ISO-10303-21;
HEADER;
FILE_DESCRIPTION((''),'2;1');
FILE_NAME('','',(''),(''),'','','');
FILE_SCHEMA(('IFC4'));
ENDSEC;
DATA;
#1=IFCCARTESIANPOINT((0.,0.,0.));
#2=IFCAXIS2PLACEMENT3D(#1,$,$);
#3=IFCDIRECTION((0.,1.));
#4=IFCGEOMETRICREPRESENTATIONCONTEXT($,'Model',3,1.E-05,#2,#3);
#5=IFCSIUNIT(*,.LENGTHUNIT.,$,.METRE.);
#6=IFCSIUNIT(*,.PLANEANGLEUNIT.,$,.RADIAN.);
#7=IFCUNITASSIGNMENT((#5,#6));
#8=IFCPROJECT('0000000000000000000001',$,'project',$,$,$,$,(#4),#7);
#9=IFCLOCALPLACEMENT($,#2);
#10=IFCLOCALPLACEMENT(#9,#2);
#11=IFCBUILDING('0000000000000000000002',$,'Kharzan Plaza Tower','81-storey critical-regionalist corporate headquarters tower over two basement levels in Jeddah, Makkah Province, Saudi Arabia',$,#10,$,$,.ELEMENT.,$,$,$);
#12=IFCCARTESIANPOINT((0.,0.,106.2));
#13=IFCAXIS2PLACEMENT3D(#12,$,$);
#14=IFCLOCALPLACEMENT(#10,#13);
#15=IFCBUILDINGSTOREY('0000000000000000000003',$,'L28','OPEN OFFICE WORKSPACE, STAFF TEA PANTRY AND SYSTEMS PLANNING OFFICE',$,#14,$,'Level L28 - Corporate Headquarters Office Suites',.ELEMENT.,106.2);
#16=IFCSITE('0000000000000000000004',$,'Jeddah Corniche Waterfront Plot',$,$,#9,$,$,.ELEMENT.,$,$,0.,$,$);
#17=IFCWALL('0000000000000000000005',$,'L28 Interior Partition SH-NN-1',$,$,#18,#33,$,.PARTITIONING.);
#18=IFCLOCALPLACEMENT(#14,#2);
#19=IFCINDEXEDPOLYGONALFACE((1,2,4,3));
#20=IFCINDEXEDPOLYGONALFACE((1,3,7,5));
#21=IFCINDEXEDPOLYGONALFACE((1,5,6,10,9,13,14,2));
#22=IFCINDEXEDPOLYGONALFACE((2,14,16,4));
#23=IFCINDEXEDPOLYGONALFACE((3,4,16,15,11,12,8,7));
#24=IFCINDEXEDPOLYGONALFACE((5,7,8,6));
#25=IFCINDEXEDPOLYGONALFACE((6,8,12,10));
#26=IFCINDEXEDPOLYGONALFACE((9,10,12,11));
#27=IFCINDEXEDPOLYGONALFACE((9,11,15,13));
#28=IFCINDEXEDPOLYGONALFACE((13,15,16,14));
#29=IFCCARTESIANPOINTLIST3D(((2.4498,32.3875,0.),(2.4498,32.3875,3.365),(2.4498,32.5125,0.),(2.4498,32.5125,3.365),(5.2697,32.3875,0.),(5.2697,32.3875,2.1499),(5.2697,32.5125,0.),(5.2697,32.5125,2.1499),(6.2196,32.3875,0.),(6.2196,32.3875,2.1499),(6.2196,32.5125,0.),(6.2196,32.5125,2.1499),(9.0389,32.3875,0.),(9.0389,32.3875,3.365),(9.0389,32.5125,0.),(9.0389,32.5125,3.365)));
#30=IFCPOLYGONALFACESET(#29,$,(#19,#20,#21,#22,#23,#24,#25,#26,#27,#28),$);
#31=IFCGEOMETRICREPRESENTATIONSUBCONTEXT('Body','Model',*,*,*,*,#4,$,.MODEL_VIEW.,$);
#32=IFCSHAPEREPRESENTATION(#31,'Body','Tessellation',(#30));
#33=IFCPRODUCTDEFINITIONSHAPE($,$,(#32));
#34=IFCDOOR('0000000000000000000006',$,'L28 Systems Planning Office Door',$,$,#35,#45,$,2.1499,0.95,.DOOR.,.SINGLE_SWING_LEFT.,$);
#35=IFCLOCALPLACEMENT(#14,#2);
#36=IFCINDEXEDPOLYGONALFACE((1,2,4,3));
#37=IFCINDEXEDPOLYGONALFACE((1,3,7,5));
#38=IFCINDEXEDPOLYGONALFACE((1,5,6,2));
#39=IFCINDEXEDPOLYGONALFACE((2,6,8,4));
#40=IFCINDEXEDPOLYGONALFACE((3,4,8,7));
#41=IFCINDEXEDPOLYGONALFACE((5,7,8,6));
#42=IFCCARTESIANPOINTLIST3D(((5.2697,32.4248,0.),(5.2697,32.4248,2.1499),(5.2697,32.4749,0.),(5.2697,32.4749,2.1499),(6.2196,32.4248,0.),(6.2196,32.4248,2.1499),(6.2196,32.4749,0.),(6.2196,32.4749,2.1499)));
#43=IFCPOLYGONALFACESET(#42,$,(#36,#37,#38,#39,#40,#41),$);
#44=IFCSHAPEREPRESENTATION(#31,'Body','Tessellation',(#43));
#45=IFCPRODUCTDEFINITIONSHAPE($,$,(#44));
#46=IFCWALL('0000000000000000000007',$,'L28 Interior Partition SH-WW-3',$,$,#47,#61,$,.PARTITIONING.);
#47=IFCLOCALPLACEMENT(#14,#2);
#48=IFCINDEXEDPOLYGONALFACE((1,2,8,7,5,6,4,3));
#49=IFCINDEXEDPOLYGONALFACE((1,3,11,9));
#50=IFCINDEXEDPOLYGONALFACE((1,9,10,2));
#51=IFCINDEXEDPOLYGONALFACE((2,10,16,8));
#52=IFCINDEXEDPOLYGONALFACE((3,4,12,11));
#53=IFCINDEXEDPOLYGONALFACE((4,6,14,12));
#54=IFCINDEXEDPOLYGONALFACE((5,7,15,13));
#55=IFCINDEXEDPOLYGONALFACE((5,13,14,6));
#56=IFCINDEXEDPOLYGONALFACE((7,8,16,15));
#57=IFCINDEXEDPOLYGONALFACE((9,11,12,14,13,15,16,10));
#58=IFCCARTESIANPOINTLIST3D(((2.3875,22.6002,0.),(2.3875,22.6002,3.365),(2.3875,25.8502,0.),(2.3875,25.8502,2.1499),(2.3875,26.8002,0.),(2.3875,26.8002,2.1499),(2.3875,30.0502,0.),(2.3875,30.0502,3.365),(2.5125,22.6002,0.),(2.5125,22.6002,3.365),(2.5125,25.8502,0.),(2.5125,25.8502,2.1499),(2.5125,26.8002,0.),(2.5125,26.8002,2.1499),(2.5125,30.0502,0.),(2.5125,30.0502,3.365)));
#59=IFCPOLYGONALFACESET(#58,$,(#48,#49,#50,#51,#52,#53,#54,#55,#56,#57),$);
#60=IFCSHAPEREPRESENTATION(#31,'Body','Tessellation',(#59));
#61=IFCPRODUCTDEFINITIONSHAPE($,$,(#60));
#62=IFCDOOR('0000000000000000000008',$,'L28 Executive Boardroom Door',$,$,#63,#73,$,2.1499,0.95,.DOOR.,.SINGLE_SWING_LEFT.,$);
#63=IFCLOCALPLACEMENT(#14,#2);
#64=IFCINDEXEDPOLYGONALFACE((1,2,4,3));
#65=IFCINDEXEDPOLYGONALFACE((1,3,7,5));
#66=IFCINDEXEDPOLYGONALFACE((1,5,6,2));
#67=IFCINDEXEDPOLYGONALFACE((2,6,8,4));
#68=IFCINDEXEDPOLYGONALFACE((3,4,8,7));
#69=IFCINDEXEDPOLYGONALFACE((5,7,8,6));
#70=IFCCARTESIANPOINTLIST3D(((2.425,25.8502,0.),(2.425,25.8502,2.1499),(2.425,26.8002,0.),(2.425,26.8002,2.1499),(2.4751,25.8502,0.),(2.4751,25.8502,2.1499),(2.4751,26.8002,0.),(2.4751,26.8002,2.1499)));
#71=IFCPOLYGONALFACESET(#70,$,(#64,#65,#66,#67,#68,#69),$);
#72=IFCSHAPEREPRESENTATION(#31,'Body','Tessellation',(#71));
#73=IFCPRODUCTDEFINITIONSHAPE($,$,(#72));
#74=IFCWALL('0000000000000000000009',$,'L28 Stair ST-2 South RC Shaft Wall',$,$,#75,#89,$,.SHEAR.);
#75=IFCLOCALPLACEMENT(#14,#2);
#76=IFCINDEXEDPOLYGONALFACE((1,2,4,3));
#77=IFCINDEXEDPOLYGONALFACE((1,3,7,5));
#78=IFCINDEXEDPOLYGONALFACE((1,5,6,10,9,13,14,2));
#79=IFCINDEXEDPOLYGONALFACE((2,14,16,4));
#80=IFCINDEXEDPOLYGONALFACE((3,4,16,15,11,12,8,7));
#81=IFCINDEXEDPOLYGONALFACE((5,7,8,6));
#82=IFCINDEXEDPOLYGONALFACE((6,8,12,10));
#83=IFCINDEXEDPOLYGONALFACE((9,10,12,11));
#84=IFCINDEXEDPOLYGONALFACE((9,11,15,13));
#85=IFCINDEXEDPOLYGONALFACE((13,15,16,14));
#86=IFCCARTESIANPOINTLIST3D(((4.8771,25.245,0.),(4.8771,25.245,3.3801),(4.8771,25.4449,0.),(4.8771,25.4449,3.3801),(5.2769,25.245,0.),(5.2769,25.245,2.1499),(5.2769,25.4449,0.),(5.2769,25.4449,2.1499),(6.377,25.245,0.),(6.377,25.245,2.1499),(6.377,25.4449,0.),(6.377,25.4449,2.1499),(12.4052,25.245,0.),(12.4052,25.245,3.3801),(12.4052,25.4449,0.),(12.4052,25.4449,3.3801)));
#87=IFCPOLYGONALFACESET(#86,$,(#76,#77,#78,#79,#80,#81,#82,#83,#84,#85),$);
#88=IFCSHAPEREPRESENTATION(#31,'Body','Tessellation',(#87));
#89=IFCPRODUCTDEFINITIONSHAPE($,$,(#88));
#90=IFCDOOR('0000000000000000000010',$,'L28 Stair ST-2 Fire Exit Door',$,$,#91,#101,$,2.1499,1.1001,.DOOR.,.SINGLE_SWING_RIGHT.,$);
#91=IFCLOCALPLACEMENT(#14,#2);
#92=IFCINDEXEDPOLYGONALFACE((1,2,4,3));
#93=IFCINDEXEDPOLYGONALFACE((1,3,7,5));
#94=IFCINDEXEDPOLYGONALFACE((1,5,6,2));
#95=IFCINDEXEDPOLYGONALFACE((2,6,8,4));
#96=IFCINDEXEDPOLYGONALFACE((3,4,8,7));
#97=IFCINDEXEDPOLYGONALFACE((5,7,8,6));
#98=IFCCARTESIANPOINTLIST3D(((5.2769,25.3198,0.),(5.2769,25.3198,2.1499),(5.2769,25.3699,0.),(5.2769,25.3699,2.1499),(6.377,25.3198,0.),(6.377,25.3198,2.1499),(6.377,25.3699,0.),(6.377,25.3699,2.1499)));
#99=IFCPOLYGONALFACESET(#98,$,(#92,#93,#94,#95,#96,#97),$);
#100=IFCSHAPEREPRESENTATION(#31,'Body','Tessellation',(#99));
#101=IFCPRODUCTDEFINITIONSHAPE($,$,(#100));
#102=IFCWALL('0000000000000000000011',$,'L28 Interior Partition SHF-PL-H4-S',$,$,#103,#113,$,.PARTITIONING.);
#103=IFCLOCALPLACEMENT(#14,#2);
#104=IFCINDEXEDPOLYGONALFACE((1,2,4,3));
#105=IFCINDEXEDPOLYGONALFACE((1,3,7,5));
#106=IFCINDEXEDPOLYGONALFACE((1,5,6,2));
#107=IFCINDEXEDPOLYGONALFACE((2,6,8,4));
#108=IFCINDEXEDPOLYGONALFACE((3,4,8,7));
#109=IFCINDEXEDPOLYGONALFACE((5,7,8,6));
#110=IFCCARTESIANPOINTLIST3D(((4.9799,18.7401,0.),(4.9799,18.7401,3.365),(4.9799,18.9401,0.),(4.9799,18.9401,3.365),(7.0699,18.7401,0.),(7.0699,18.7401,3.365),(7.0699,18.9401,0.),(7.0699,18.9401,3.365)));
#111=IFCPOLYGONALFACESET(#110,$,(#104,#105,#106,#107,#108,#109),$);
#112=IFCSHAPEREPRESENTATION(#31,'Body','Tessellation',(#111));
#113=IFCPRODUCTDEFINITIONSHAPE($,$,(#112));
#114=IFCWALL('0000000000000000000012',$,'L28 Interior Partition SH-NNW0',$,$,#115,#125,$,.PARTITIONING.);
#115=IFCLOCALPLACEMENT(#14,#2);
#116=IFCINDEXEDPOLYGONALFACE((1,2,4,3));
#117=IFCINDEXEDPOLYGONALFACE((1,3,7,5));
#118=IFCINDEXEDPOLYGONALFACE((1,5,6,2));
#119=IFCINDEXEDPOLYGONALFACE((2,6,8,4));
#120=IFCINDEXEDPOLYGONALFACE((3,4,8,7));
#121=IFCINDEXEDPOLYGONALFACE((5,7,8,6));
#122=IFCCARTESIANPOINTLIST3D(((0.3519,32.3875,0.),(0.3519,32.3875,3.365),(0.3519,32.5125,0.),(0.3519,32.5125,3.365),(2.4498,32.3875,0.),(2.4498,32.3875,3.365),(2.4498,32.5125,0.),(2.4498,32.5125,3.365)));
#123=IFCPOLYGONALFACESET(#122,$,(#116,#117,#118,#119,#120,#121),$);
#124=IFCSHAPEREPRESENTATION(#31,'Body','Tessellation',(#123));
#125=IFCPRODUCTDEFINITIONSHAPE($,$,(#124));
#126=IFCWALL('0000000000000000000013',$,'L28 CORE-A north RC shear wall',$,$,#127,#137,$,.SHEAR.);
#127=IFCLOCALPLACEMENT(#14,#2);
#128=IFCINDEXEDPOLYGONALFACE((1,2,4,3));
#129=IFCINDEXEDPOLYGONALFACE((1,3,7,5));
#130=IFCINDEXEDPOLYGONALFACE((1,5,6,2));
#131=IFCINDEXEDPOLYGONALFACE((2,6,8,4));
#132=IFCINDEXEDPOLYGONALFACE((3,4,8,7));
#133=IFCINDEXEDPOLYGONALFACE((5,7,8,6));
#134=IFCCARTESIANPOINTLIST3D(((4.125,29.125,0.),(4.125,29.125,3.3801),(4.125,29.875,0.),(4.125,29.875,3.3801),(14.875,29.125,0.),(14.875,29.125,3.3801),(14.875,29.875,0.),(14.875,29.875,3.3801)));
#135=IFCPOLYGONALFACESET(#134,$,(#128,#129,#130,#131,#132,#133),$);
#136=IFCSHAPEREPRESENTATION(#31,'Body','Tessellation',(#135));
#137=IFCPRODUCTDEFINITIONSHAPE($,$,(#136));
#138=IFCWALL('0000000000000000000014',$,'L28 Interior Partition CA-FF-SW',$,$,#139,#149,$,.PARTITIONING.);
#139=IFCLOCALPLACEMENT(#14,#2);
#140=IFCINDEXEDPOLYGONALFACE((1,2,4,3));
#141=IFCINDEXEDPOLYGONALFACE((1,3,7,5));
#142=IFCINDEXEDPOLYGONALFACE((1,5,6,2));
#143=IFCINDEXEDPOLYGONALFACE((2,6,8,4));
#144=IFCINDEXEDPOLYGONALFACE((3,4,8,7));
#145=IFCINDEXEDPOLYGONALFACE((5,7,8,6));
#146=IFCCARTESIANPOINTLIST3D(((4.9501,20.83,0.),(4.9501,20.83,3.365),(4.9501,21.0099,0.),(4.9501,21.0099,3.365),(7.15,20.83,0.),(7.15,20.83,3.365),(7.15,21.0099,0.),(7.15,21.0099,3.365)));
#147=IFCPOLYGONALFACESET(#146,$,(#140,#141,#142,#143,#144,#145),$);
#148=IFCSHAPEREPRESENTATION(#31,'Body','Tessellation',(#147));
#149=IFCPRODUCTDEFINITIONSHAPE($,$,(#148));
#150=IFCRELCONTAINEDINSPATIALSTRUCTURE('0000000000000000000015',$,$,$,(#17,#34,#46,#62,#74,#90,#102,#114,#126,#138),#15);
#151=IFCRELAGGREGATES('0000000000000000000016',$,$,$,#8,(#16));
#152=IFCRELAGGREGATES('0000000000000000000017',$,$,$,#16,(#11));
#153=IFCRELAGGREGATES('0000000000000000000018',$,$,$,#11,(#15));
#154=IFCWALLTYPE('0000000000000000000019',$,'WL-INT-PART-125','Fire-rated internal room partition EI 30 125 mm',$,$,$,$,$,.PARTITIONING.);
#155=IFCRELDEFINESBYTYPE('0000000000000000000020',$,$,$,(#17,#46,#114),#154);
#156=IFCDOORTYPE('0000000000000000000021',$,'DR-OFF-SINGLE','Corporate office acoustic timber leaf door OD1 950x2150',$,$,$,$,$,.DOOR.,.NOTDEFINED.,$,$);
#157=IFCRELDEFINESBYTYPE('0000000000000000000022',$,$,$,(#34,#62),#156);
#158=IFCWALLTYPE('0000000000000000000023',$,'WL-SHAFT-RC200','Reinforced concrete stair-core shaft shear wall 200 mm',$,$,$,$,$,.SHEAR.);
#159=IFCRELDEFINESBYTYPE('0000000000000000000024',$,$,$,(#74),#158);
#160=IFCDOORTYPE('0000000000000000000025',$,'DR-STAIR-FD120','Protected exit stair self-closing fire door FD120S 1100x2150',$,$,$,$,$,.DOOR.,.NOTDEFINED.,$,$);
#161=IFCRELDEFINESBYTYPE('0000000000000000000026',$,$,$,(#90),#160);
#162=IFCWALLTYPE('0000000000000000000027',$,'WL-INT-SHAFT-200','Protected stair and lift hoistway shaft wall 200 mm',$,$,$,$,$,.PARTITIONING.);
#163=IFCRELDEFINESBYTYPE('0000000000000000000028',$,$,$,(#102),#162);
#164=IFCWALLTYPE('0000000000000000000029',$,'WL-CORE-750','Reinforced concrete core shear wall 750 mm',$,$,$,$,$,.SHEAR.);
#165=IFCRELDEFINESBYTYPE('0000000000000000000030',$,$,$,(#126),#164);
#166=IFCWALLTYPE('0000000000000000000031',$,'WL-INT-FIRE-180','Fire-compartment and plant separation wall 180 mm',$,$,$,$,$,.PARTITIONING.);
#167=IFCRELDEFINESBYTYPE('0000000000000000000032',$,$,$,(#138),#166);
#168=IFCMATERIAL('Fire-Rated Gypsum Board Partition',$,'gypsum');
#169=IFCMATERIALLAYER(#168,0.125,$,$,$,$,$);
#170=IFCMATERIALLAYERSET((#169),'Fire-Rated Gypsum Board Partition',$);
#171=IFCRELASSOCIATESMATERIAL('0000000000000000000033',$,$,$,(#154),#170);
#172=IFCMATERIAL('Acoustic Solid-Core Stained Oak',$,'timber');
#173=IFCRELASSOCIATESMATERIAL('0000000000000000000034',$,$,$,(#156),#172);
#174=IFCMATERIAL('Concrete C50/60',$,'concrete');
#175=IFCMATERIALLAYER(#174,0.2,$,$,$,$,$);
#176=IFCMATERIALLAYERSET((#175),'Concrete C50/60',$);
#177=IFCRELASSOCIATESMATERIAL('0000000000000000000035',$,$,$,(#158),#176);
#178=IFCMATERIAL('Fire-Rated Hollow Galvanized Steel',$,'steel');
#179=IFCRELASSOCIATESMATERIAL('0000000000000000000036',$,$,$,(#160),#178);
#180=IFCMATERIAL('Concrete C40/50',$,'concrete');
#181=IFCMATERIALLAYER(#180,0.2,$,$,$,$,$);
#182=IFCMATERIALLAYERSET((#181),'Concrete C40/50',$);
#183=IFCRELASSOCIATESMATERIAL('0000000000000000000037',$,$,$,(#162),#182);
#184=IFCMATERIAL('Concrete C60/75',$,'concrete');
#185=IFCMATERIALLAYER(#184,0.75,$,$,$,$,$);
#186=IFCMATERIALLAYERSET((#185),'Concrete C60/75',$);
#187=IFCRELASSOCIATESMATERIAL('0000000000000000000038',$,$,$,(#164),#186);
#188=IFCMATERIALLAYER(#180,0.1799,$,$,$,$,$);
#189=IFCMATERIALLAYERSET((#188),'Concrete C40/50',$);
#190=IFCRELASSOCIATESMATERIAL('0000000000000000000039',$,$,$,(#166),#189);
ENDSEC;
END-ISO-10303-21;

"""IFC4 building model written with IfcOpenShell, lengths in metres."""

from ifc_helpers import new_model, si_unit, direction, frame, frame_2d, origin, place, context, subcontext, project, spatial, rectangle, extrude, source, transform, mapped, material, layer, layer_set, type_object, element, fill, save


model = new_model("IFC4")

# Units and contexts
model_context = context("Model", 3, precision=1e-05, world=origin(), true_north=direction((0.0, 1.0)))
body_context = subcontext(model_context, "Body", "Model", "MODEL_VIEW")
ifc_project = project(units=[si_unit("LENGTHUNIT", "METRE"), si_unit("PLANEANGLEUNIT", "RADIAN")], contexts=[model_context])

# Site, building, storey
site_placement = place(None, origin())
site = spatial("IfcSite", under=ifc_project, at=site_placement, Name="Jeddah Corniche Waterfront Plot", CompositionType="ELEMENT", RefElevation=0.0)
building_placement = place(site_placement, origin())
building = spatial("IfcBuilding", under=site, at=building_placement, Name="Kharzan Plaza Tower", Description="81-storey critical-regionalist corporate headquarters tower over two basement levels in Jeddah, Makkah Province, Saudi Arabia", CompositionType="ELEMENT")
storey_placement = place(building_placement, frame((0.0, 0.0, 106.2)))
storey = spatial("IfcBuildingStorey", under=building, at=storey_placement, Name="L28", Description="OPEN OFFICE WORKSPACE, STAFF TEA PANTRY AND SYSTEMS PLANNING OFFICE", LongName="Level L28 - Corporate Headquarters Office Suites", CompositionType="ELEMENT", Elevation=106.2)

# Shared definitions
ifc_material_1 = material(Name="Concrete C60/75", Category="concrete")

# Shared definitions
ifc_material_2 = material(Name="Concrete C40/50", Category="concrete")

# Walls, openings, doors
ifc_material_3 = material(Name="Fire-Rated Gypsum Board Partition", Category="gypsum")
ifc_layer_1 = layer(ifc_material_3, 0.125)
ifc_layer_set_1 = layer_set([ifc_layer_1], Name="Fire-Rated Gypsum Board Partition")
wall_type_1 = type_object("IfcWallType", Name="WL-INT-PART-125", Description="Fire-rated internal room partition EI 30 125 mm", PredefinedType="PARTITIONING", material=ifc_layer_set_1)
wall_1_placement = place(storey_placement, frame((2.45, 32.45, 0.0), z_axis=(0.0, 0.0, 1.0), x_axis=(1.0, 0.0, 0.0)))
wall_1 = element("IfcWall", 1, at=wall_1_placement, inside=storey, type_object=wall_type_1, Name="L28 Interior Partition SH-NN-1", PredefinedType="PARTITIONING", context=body_context, shape_type="SweptSolid", body=[
    extrude(rectangle(XDim=6.5891, YDim=0.125, at=frame_2d((3.2944, 0.0))), origin(), (0.0, 0.0, 1.0), 3.365),
])
opening_1_placement = place(wall_1_placement, frame((2.8196, 0.0, 0.0)))
opening_1 = element("IfcOpeningElement", 2, at=opening_1_placement, cuts=wall_1, PredefinedType="OPENING", context=body_context, shape_type="SweptSolid", body=[
    extrude(rectangle(XDim=0.95, YDim=2.1499, at=frame_2d((0.4751, 1.075))), frame((0.0, 0.0725, 0.0), z_axis=(0.0, -1.0, 0.0), x_axis=(1.0, 0.0, 0.0)), (0.0, 0.0, 1.0), 0.145),
])
ifc_material_4 = material(Name="Acoustic Solid-Core Stained Oak", Category="timber")
door_type_1 = type_object("IfcDoorType", Name="DR-OFF-SINGLE", Description="Corporate office acoustic timber leaf door OD1 950x2150", OperationType="NOTDEFINED", PredefinedType="DOOR", material=ifc_material_4)
shared_shape_1 = source(origin(), body_context, "Body", "SweptSolid", [
    extrude(rectangle(XDim=0.95, YDim=2.1499, at=frame_2d((0.4751, 1.075))), frame((0.0, 0.0249, 0.0), z_axis=(0.0, -1.0, 0.0), x_axis=(1.0, 0.0, 0.0)), (0.0, 0.0, 1.0), 0.05),
])
door_1_placement = place(opening_1_placement, origin())
door_1 = element("IfcDoor", 3, at=door_1_placement, inside=storey, type_object=door_type_1, Name="L28 Systems Planning Office Door", OperationType="SINGLE_SWING_LEFT", OverallHeight=2.1499, OverallWidth=0.95, PredefinedType="DOOR", context=body_context, shape_type="MappedRepresentation", body=[
    mapped(shared_shape_1, transform((0.0, 0.0, 0.0), x_axis=(1.0, 0.0, 0.0), y_axis=(0.0, 1.0, 0.0), z_axis=(0.0, 0.0, 1.0))),
])
fill(opening_1, door_1)
wall_2_placement = place(storey_placement, frame((2.45, 22.6001, 0.0), z_axis=(0.0, 0.0, 1.0), x_axis=(0.0, 1.0, 0.0)))
wall_2 = element("IfcWall", 4, at=wall_2_placement, inside=storey, type_object=wall_type_1, Name="L28 Interior Partition SH-WW-3", PredefinedType="PARTITIONING", context=body_context, shape_type="SweptSolid", body=[
    extrude(rectangle(XDim=7.45, YDim=0.125, at=frame_2d((3.7251, 0.0))), origin(), (0.0, 0.0, 1.0), 3.365),
])
opening_2_placement = place(wall_2_placement, frame((3.25, 0.0, 0.0)))
opening_2 = element("IfcOpeningElement", 5, at=opening_2_placement, cuts=wall_2, PredefinedType="OPENING", context=body_context, shape_type="SweptSolid", body=[
    extrude(rectangle(XDim=0.95, YDim=2.1499, at=frame_2d((0.4751, 1.075))), frame((0.0, 0.0725, 0.0), z_axis=(0.0, -1.0, 0.0), x_axis=(1.0, 0.0, 0.0)), (0.0, 0.0, 1.0), 0.145),
])
door_2_placement = place(opening_2_placement, origin())
door_2 = element("IfcDoor", 6, at=door_2_placement, inside=storey, type_object=door_type_1, Name="L28 Executive Boardroom Door", OperationType="SINGLE_SWING_LEFT", OverallHeight=2.1499, OverallWidth=0.95, PredefinedType="DOOR", context=body_context, shape_type="MappedRepresentation", body=[
    mapped(shared_shape_1, transform((0.0, 0.0, 0.0), x_axis=(1.0, 0.0, 0.0), y_axis=(0.0, 1.0, 0.0), z_axis=(0.0, 0.0, 1.0))),
])
fill(opening_2, door_2)
ifc_material_5 = material(Name="Concrete C50/60", Category="concrete")
ifc_layer_2 = layer(ifc_material_5, 0.2)
ifc_layer_set_2 = layer_set([ifc_layer_2], Name="Concrete C50/60")
wall_type_2 = type_object("IfcWallType", Name="WL-SHAFT-RC200", Description="Reinforced concrete stair-core shaft shear wall 200 mm", PredefinedType="SHEAR", material=ifc_layer_set_2)
wall_3_placement = place(storey_placement, frame((4.877, 25.345, 0.0), z_axis=(0.0, 0.0, 1.0), x_axis=(1.0, 0.0, 0.0)))
wall_3 = element("IfcWall", 7, at=wall_3_placement, inside=storey, type_object=wall_type_2, Name="L28 Stair ST-2 South RC Shaft Wall", PredefinedType="SHEAR", context=body_context, shape_type="SweptSolid", body=[
    extrude(rectangle(XDim=7.5281, YDim=0.2, at=frame_2d((3.7642, 0.0))), origin(), (0.0, 0.0, 1.0), 3.3801),
])
opening_3_placement = place(wall_3_placement, frame((0.3999, 0.0, 0.0)))
opening_3 = element("IfcOpeningElement", 8, at=opening_3_placement, cuts=wall_3, PredefinedType="OPENING", context=body_context, shape_type="SweptSolid", body=[
    extrude(rectangle(XDim=1.1001, YDim=2.1499, at=frame_2d((0.55, 1.075))), frame((0.0, 0.1099, 0.0), z_axis=(0.0, -1.0, 0.0), x_axis=(1.0, 0.0, 0.0)), (0.0, 0.0, 1.0), 0.22),
])
ifc_material_6 = material(Name="Fire-Rated Hollow Galvanized Steel", Category="steel")
door_type_2 = type_object("IfcDoorType", Name="DR-STAIR-FD120", Description="Protected exit stair self-closing fire door FD120S 1100x2150", OperationType="NOTDEFINED", PredefinedType="DOOR", material=ifc_material_6)
shared_shape_2 = source(origin(), body_context, "Body", "SweptSolid", [
    extrude(rectangle(XDim=1.1001, YDim=2.1499, at=frame_2d((0.55, 1.075))), frame((0.0, 0.0249, 0.0), z_axis=(0.0, -1.0, 0.0), x_axis=(1.0, 0.0, 0.0)), (0.0, 0.0, 1.0), 0.05),
])
door_3_placement = place(opening_3_placement, origin())
door_3 = element("IfcDoor", 9, at=door_3_placement, inside=storey, type_object=door_type_2, Name="L28 Stair ST-2 Fire Exit Door", OperationType="SINGLE_SWING_RIGHT", OverallHeight=2.1499, OverallWidth=1.1001, PredefinedType="DOOR", context=body_context, shape_type="MappedRepresentation", body=[
    mapped(shared_shape_2, transform((0.0, 0.0, 0.0), x_axis=(1.0, 0.0, 0.0), y_axis=(0.0, 1.0, 0.0), z_axis=(0.0, 0.0, 1.0))),
])
fill(opening_3, door_3)

# Walls
ifc_layer_3 = layer(ifc_material_2, 0.2)
ifc_layer_set_3 = layer_set([ifc_layer_3], Name="Concrete C40/50")
wall_type_3 = type_object("IfcWallType", Name="WL-INT-SHAFT-200", Description="Protected stair and lift hoistway shaft wall 200 mm", PredefinedType="PARTITIONING", material=ifc_layer_set_3)
shared_shape_3 = source(origin(), body_context, "Body", "SweptSolid", [
    extrude(rectangle(XDim=2.0901, YDim=0.2, at=frame_2d((1.0449, 0.0))), origin(), (0.0, 0.0, 1.0), 3.365),
])
wall_4_placement = place(storey_placement, frame((4.98, 18.8401, 0.0), z_axis=(0.0, 0.0, 1.0), x_axis=(1.0, 0.0, 0.0)))
element("IfcWall", 10, at=wall_4_placement, inside=storey, type_object=wall_type_3, Name="L28 Interior Partition SHF-PL-H4-S", PredefinedType="PARTITIONING", context=body_context, shape_type="MappedRepresentation", body=[
    mapped(shared_shape_3, transform((0.0, 0.0, 0.0), x_axis=(1.0, 0.0, 0.0), y_axis=(0.0, 1.0, 0.0), z_axis=(0.0, 0.0, 1.0))),
])
shared_shape_4 = source(origin(), body_context, "Body", "SweptSolid", [
    extrude(rectangle(XDim=2.0979, YDim=0.125, at=frame_2d((1.0488, 0.0))), origin(), (0.0, 0.0, 1.0), 3.365),
])
wall_5_placement = place(storey_placement, frame((0.3521, 32.45, 0.0), z_axis=(0.0, 0.0, 1.0), x_axis=(1.0, 0.0, 0.0)))
element("IfcWall", 11, at=wall_5_placement, inside=storey, type_object=wall_type_1, Name="L28 Interior Partition SH-NNW0", PredefinedType="PARTITIONING", context=body_context, shape_type="MappedRepresentation", body=[
    mapped(shared_shape_4, transform((0.0, 0.0, 0.0), x_axis=(1.0, 0.0, 0.0), y_axis=(0.0, 1.0, 0.0), z_axis=(0.0, 0.0, 1.0))),
])
ifc_layer_4 = layer(ifc_material_1, 0.75)
ifc_layer_set_4 = layer_set([ifc_layer_4], Name="Concrete C60/75")
wall_type_4 = type_object("IfcWallType", Name="WL-CORE-750", Description="Reinforced concrete core shear wall 750 mm", PredefinedType="SHEAR", material=ifc_layer_set_4)
shared_shape_5 = source(origin(), body_context, "Body", "SweptSolid", [
    extrude(rectangle(XDim=10.75, YDim=0.75, at=frame_2d((5.375, 0.0))), origin(), (0.0, 0.0, 1.0), 3.3801),
])
wall_6_placement = place(storey_placement, frame((4.125, 29.5, 0.0), z_axis=(0.0, 0.0, 1.0), x_axis=(1.0, 0.0, 0.0)))
element("IfcWall", 12, at=wall_6_placement, inside=storey, type_object=wall_type_4, Name="L28 CORE-A north RC shear wall", PredefinedType="SHEAR", context=body_context, shape_type="MappedRepresentation", body=[
    mapped(shared_shape_5, transform((0.0, 0.0, 0.0), x_axis=(1.0, 0.0, 0.0), y_axis=(0.0, 1.0, 0.0), z_axis=(0.0, 0.0, 1.0))),
])
ifc_layer_5 = layer(ifc_material_2, 0.1799)
ifc_layer_set_5 = layer_set([ifc_layer_5], Name="Concrete C40/50")
wall_type_5 = type_object("IfcWallType", Name="WL-INT-FIRE-180", Description="Fire-compartment and plant separation wall 180 mm", PredefinedType="PARTITIONING", material=ifc_layer_set_5)
shared_shape_6 = source(origin(), body_context, "Body", "SweptSolid", [
    extrude(rectangle(XDim=2.2, YDim=0.1799, at=frame_2d((1.1001, 0.0))), origin(), (0.0, 0.0, 1.0), 3.365),
])
wall_7_placement = place(storey_placement, frame((4.95, 20.9199, 0.0), z_axis=(0.0, 0.0, 1.0), x_axis=(1.0, 0.0, 0.0)))
element("IfcWall", 13, at=wall_7_placement, inside=storey, type_object=wall_type_5, Name="L28 Interior Partition CA-FF-SW", PredefinedType="PARTITIONING", context=body_context, shape_type="MappedRepresentation", body=[
    mapped(shared_shape_6, transform((0.0, 0.0, 0.0), x_axis=(1.0, 0.0, 0.0), y_axis=(0.0, 1.0, 0.0), z_axis=(0.0, 0.0, 1.0))),
])

save(model, "model.ifc")
